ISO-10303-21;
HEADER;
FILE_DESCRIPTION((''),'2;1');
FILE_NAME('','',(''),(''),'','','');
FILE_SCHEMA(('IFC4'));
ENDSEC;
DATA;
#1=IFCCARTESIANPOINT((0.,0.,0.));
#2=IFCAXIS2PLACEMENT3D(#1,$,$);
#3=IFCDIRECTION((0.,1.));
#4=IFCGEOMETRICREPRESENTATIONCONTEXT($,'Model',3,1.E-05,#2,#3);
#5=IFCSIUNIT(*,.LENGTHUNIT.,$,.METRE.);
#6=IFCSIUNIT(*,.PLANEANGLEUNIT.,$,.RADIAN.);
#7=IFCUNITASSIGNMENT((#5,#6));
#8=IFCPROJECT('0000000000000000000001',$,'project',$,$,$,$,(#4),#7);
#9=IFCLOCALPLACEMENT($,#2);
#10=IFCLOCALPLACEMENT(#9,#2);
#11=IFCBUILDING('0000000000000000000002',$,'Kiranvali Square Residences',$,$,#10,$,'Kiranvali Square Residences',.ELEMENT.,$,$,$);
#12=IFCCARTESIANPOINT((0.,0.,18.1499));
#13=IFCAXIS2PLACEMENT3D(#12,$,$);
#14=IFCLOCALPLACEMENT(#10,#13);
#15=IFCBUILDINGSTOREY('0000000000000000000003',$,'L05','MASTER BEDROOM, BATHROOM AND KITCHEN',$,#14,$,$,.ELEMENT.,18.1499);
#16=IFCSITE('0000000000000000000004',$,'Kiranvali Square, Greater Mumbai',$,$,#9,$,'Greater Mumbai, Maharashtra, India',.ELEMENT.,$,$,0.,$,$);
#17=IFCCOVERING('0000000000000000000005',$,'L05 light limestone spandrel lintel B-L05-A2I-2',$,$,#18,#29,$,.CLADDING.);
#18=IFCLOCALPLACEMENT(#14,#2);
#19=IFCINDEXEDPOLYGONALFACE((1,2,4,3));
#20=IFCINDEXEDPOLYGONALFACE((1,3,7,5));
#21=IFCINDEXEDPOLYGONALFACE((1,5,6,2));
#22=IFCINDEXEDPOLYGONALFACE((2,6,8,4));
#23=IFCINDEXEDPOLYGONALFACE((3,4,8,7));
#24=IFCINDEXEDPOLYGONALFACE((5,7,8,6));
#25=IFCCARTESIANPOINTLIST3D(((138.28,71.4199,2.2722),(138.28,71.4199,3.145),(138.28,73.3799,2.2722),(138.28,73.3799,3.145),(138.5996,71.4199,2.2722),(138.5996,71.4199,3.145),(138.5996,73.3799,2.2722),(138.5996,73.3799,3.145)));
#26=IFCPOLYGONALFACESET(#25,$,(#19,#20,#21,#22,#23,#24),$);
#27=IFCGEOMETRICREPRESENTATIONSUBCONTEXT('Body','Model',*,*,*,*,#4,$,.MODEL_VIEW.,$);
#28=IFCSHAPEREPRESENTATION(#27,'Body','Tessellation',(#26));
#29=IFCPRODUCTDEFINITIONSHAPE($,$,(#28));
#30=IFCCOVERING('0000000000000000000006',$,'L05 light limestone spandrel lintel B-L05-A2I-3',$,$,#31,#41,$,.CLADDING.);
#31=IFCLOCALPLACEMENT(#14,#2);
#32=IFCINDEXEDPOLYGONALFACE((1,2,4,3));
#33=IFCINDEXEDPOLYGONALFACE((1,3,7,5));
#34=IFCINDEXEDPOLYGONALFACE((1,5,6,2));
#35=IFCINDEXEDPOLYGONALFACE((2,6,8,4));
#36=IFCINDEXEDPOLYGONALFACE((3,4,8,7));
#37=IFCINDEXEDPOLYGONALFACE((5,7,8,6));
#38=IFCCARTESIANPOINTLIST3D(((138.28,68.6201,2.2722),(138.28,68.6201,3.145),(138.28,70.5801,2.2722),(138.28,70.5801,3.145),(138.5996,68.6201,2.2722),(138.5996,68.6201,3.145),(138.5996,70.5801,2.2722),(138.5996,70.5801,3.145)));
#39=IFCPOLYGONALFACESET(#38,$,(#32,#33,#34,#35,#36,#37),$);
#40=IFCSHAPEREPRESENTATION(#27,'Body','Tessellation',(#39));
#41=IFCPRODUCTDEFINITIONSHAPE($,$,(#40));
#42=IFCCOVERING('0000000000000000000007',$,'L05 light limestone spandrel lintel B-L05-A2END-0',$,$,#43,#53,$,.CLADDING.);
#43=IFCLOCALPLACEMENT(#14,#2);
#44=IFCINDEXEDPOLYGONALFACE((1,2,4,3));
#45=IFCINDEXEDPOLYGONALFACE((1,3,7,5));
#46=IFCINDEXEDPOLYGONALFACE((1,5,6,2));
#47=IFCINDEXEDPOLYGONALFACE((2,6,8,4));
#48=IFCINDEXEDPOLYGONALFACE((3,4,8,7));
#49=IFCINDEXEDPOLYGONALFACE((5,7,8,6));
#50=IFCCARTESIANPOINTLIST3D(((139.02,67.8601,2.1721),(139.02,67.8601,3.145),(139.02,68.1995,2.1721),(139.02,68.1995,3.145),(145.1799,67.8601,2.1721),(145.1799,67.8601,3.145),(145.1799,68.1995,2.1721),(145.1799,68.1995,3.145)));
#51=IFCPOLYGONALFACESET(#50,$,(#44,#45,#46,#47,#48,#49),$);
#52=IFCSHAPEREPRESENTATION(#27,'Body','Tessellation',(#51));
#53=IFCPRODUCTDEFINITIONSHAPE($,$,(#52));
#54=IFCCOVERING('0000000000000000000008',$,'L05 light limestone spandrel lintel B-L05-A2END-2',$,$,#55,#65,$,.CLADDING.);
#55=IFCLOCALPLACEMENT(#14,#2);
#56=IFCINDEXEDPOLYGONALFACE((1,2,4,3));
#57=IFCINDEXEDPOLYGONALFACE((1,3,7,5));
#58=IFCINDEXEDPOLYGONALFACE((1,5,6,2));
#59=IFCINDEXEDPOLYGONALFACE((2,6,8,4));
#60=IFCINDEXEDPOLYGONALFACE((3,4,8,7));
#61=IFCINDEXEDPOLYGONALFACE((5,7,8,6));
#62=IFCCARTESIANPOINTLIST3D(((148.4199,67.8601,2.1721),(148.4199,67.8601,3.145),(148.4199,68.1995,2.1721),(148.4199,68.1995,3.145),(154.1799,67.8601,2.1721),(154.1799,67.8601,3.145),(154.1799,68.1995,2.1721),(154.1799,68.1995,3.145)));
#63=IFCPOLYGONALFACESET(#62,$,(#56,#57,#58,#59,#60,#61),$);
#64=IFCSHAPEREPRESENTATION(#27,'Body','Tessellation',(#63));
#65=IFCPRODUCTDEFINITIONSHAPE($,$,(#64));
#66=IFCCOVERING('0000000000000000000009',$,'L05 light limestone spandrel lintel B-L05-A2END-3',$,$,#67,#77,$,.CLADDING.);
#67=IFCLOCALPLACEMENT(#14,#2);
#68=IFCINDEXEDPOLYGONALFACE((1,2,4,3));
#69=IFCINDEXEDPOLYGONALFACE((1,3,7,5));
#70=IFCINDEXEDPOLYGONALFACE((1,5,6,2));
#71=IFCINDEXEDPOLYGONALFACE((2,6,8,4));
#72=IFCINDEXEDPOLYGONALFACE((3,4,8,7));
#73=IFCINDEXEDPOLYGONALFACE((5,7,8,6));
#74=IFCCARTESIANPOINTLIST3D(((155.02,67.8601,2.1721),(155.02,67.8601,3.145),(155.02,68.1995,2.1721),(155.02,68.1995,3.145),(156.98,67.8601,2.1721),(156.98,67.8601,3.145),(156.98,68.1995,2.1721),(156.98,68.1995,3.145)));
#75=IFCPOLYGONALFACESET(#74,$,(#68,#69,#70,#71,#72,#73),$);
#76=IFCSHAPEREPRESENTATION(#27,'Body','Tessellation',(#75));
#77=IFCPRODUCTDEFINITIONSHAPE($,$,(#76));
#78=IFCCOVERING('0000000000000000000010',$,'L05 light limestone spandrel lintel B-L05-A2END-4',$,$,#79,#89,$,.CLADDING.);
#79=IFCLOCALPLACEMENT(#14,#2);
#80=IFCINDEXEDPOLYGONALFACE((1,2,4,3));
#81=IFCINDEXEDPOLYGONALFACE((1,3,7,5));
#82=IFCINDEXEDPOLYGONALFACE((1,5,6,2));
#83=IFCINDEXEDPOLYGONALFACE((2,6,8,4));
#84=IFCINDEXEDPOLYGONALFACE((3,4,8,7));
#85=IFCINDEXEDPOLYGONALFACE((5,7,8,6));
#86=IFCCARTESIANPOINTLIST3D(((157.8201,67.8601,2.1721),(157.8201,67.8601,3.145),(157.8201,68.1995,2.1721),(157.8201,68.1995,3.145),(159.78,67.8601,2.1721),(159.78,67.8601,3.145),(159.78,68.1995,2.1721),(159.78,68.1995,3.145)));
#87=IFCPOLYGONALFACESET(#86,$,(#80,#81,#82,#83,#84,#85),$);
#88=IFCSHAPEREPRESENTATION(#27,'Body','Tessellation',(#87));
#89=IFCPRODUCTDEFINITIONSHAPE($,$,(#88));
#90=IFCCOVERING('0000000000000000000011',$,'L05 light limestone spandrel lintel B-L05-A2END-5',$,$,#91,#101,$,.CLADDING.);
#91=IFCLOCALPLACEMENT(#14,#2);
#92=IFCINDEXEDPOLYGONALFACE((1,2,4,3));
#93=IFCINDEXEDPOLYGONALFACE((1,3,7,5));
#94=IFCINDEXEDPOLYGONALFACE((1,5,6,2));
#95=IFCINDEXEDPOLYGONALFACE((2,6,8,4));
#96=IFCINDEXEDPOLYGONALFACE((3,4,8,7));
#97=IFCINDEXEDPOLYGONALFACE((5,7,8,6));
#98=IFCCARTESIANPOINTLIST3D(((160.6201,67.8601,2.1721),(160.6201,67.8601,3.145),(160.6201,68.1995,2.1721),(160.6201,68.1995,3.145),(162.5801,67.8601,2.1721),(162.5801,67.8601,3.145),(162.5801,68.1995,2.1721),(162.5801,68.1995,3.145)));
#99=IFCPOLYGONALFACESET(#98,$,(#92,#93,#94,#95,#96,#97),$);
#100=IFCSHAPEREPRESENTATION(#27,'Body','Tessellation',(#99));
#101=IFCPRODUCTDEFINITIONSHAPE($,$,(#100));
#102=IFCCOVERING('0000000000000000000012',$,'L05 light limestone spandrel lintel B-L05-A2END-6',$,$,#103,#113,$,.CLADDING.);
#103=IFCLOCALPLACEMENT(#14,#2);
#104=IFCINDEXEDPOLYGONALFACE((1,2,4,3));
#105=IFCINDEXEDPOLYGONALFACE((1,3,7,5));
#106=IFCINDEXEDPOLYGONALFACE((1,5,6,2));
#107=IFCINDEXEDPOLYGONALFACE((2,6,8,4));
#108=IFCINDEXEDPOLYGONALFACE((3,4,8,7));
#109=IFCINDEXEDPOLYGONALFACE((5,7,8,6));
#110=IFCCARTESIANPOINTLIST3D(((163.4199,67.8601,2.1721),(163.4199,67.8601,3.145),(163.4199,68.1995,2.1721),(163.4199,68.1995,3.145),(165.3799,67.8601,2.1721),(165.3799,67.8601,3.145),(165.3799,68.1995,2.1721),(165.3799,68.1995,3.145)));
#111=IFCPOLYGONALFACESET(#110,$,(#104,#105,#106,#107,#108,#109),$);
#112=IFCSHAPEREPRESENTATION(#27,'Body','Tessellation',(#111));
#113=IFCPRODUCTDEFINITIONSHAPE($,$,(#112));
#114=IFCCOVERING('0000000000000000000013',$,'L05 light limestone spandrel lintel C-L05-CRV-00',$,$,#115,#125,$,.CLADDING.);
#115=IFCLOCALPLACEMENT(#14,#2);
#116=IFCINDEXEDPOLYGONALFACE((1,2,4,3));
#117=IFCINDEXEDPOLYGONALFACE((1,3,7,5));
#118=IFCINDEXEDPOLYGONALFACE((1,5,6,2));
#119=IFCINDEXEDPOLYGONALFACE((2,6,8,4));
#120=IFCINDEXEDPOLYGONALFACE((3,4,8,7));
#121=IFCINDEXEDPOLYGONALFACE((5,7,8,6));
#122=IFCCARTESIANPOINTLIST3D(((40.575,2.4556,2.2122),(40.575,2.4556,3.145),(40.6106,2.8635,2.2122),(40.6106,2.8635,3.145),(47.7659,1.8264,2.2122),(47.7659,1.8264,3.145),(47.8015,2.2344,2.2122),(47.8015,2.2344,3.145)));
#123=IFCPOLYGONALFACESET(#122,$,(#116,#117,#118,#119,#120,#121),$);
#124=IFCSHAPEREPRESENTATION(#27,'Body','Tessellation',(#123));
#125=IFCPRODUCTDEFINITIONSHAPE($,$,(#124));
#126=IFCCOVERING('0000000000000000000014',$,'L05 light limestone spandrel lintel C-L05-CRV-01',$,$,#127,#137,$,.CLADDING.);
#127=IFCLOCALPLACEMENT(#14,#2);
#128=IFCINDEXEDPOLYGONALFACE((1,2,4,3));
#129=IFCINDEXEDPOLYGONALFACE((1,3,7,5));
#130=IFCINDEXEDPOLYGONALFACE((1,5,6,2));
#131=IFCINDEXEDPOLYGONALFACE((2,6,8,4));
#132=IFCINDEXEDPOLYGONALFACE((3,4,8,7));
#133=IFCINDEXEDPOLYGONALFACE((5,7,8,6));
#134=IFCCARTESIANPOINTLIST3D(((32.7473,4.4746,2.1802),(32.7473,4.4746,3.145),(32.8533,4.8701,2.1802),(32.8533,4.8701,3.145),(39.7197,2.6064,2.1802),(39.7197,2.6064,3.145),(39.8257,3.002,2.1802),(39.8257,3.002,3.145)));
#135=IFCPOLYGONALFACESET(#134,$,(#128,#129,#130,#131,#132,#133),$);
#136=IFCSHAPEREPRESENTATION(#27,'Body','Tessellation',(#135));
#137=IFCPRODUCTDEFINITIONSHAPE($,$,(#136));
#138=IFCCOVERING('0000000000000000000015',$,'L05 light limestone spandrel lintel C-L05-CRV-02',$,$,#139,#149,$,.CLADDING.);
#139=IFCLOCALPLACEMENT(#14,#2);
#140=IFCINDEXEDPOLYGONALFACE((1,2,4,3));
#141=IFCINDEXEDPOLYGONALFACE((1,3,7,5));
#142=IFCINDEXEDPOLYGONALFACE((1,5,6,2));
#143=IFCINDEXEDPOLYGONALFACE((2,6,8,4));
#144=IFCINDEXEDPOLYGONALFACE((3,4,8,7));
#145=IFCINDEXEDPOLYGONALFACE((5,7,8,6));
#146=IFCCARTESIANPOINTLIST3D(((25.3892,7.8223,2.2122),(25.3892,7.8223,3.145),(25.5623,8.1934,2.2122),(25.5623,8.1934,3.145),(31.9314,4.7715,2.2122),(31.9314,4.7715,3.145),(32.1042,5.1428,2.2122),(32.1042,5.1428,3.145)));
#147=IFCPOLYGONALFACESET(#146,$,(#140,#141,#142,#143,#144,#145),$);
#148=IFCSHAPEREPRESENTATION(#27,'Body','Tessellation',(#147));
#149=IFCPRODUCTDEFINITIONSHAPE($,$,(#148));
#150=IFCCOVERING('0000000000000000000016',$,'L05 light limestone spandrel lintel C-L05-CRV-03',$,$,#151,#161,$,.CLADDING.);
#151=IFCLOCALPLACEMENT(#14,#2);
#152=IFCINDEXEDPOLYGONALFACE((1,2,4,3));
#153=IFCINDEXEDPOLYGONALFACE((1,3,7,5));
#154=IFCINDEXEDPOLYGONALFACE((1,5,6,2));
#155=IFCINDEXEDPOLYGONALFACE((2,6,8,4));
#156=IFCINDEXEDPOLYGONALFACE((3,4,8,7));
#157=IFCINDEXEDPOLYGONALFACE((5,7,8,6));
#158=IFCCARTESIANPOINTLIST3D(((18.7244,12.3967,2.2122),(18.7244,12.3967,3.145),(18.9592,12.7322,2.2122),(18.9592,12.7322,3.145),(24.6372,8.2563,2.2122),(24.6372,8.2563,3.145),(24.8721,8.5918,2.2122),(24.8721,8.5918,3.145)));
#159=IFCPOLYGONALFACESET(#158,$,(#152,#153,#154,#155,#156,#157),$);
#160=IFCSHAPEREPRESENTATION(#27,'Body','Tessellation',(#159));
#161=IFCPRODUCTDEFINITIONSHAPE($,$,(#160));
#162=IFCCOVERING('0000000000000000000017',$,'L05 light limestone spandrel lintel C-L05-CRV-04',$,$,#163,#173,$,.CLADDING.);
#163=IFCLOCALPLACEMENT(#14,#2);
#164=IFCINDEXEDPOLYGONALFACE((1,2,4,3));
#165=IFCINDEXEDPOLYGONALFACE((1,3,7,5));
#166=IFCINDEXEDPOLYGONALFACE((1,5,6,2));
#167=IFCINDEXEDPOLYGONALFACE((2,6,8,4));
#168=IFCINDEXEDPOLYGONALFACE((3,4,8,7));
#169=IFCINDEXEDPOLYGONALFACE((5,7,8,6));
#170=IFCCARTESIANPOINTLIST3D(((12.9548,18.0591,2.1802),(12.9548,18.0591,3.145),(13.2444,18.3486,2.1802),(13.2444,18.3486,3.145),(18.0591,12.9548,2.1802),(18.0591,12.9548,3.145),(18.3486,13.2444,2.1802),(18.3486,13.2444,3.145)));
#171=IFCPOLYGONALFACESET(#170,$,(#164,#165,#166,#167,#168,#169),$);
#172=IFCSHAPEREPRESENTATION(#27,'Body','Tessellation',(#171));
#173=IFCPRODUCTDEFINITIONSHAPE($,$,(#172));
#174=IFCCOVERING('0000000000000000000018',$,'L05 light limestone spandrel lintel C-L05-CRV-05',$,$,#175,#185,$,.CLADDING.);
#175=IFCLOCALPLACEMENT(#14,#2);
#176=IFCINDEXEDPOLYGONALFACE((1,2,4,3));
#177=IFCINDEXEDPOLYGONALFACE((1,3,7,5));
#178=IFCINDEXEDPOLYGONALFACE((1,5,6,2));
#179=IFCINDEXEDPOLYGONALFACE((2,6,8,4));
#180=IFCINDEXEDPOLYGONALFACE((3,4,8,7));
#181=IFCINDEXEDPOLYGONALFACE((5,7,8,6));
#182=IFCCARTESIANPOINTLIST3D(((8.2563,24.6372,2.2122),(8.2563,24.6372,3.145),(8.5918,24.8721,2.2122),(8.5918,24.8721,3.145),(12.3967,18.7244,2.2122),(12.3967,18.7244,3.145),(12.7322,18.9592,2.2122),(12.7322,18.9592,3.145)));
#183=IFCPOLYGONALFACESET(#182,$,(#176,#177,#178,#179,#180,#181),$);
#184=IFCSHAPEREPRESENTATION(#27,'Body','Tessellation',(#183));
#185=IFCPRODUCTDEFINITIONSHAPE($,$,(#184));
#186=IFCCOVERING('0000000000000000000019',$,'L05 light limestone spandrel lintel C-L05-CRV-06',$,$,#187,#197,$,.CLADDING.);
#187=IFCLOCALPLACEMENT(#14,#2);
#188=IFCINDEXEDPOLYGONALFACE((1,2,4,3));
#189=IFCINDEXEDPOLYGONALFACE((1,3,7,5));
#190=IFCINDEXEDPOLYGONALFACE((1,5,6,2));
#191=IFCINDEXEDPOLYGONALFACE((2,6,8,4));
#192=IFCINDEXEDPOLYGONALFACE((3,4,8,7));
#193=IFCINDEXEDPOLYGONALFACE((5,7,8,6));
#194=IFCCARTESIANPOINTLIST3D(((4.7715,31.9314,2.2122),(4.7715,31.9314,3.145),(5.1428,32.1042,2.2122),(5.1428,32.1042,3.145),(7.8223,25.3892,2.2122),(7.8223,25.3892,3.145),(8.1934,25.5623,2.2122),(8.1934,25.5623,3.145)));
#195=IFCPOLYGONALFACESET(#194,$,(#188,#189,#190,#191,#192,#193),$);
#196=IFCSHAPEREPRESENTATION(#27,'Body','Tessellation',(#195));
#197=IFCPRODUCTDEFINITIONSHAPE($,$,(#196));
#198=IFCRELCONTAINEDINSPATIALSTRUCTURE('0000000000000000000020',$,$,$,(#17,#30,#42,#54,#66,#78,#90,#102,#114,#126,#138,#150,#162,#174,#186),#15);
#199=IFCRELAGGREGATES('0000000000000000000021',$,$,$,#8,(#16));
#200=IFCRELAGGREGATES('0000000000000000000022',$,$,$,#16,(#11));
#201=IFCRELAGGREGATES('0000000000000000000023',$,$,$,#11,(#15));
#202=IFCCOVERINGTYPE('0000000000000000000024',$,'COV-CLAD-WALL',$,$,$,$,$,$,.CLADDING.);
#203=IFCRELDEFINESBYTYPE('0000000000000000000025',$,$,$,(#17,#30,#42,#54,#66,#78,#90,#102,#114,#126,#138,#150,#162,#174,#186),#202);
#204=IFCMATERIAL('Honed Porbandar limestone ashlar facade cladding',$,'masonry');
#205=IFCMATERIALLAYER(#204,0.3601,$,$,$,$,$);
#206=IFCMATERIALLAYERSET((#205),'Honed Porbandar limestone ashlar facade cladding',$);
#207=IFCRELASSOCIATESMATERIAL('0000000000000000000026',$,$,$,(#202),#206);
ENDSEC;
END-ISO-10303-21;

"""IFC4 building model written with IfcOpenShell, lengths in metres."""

from ifc_helpers import new_model, si_unit, direction, frame, origin, place, context, subcontext, project, spatial, polyline, outline, extrude, material, layer, layer_set, type_object, element, save


model = new_model("IFC4")

# Units and contexts
model_context = context("Model", 3, precision=1e-05, world=origin(), true_north=direction((0.0, 1.0)))
body_context = subcontext(model_context, "Body", "Model", "MODEL_VIEW")
ifc_project = project(units=[si_unit("LENGTHUNIT", "METRE"), si_unit("PLANEANGLEUNIT", "RADIAN")], contexts=[model_context])

# Site, building, storey
site_placement = place(None, origin())
site = spatial("IfcSite", under=ifc_project, at=site_placement, Name="Kiranvali Square, Greater Mumbai", LongName="Greater Mumbai, Maharashtra, India", CompositionType="ELEMENT", RefElevation=0.0)
building_placement = place(site_placement, origin())
building = spatial("IfcBuilding", under=site, at=building_placement, Name="Kiranvali Square Residences", LongName="Kiranvali Square Residences", CompositionType="ELEMENT")
storey_placement = place(building_placement, frame((0.0, 0.0, 18.1499)))
storey = spatial("IfcBuildingStorey", under=building, at=storey_placement, Name="L05", Description="MASTER BEDROOM, BATHROOM AND KITCHEN", CompositionType="ELEMENT", Elevation=18.1499)

# Coverings
ifc_material = material(Name="Honed Porbandar limestone ashlar facade cladding", Category="masonry")
ifc_layer = layer(ifc_material, 0.3601)
ifc_layer_set = layer_set([ifc_layer], Name="Honed Porbandar limestone ashlar facade cladding")
covering_type = type_object("IfcCoveringType", Name="COV-CLAD-WALL", PredefinedType="CLADDING", material=ifc_layer_set)
covering_1_placement = place(storey_placement, frame((0.0, 0.0, 2.2722)))
element("IfcCovering", 1, at=covering_1_placement, inside=storey, type_object=covering_type, Name="L05 light limestone spandrel lintel B-L05-A2I-2", PredefinedType="CLADDING", context=body_context, shape_type="SweptSolid", body=[
    extrude(outline(polyline([(138.28, 73.3799), (138.28, 71.4199), (138.5996, 71.4199), (138.5996, 73.3799), (138.28, 73.3799)])), origin(), (0.0, 0.0, 1.0), 0.8728),
])
covering_2_placement = place(storey_placement, frame((0.0, 0.0, 2.2722)))
element("IfcCovering", 2, at=covering_2_placement, inside=storey, type_object=covering_type, Name="L05 light limestone spandrel lintel B-L05-A2I-3", PredefinedType="CLADDING", context=body_context, shape_type="SweptSolid", body=[
    extrude(outline(polyline([(138.28, 70.5801), (138.28, 68.6201), (138.5996, 68.6201), (138.5996, 70.5801), (138.28, 70.5801)])), origin(), (0.0, 0.0, 1.0), 0.8728),
])
covering_3_placement = place(storey_placement, frame((0.0, 0.0, 2.1721)))
element("IfcCovering", 3, at=covering_3_placement, inside=storey, type_object=covering_type, Name="L05 light limestone spandrel lintel B-L05-A2END-0", PredefinedType="CLADDING", context=body_context, shape_type="SweptSolid", body=[
    extrude(outline(polyline([(139.02, 67.8601), (145.1799, 67.8601), (145.1799, 68.1995), (139.02, 68.1995), (139.02, 67.8601)])), origin(), (0.0, 0.0, 1.0), 0.9729),
])
covering_4_placement = place(storey_placement, frame((0.0, 0.0, 2.1721)))
element("IfcCovering", 4, at=covering_4_placement, inside=storey, type_object=covering_type, Name="L05 light limestone spandrel lintel B-L05-A2END-2", PredefinedType="CLADDING", context=body_context, shape_type="SweptSolid", body=[
    extrude(outline(polyline([(148.4199, 67.8601), (154.1799, 67.8601), (154.1799, 68.1995), (148.4199, 68.1995), (148.4199, 67.8601)])), origin(), (0.0, 0.0, 1.0), 0.9729),
])
covering_5_placement = place(storey_placement, frame((0.0, 0.0, 2.1721)))
element("IfcCovering", 5, at=covering_5_placement, inside=storey, type_object=covering_type, Name="L05 light limestone spandrel lintel B-L05-A2END-3", PredefinedType="CLADDING", context=body_context, shape_type="SweptSolid", body=[
    extrude(outline(polyline([(155.02, 67.8601), (156.98, 67.8601), (156.98, 68.1995), (155.02, 68.1995), (155.02, 67.8601)])), origin(), (0.0, 0.0, 1.0), 0.9729),
])
covering_6_placement = place(storey_placement, frame((0.0, 0.0, 2.1721)))
element("IfcCovering", 6, at=covering_6_placement, inside=storey, type_object=covering_type, Name="L05 light limestone spandrel lintel B-L05-A2END-4", PredefinedType="CLADDING", context=body_context, shape_type="SweptSolid", body=[
    extrude(outline(polyline([(157.8201, 67.8601), (159.78, 67.8601), (159.78, 68.1995), (157.8201, 68.1995), (157.8201, 67.8601)])), origin(), (0.0, 0.0, 1.0), 0.9729),
])
covering_7_placement = place(storey_placement, frame((0.0, 0.0, 2.1721)))
element("IfcCovering", 7, at=covering_7_placement, inside=storey, type_object=covering_type, Name="L05 light limestone spandrel lintel B-L05-A2END-5", PredefinedType="CLADDING", context=body_context, shape_type="SweptSolid", body=[
    extrude(outline(polyline([(160.6201, 67.8601), (162.5801, 67.8601), (162.5801, 68.1995), (160.6201, 68.1995), (160.6201, 67.8601)])), origin(), (0.0, 0.0, 1.0), 0.9729),
])
covering_8_placement = place(storey_placement, frame((0.0, 0.0, 2.1721)))
element("IfcCovering", 8, at=covering_8_placement, inside=storey, type_object=covering_type, Name="L05 light limestone spandrel lintel B-L05-A2END-6", PredefinedType="CLADDING", context=body_context, shape_type="SweptSolid", body=[
    extrude(outline(polyline([(163.4199, 67.8601), (165.3799, 67.8601), (165.3799, 68.1995), (163.4199, 68.1995), (163.4199, 67.8601)])), origin(), (0.0, 0.0, 1.0), 0.9729),
])
covering_9_placement = place(storey_placement, frame((0.0, 0.0, 2.2122)))
element("IfcCovering", 9, at=covering_9_placement, inside=storey, type_object=covering_type, Name="L05 light limestone spandrel lintel C-L05-CRV-00", PredefinedType="CLADDING", context=body_context, shape_type="SweptSolid", body=[
    extrude(outline(polyline([(47.8015, 2.2344), (40.6106, 2.8635), (40.575, 2.4556), (47.7659, 1.8264), (47.8015, 2.2344)])), origin(), (0.0, 0.0, 1.0), 0.9329),
])
covering_10_placement = place(storey_placement, frame((0.0, 0.0, 2.1802)))
element("IfcCovering", 10, at=covering_10_placement, inside=storey, type_object=covering_type, Name="L05 light limestone spandrel lintel C-L05-CRV-01", PredefinedType="CLADDING", context=body_context, shape_type="SweptSolid", body=[
    extrude(outline(polyline([(39.8257, 3.002), (32.8533, 4.8701), (32.7473, 4.4746), (39.7197, 2.6064), (39.8257, 3.002)])), origin(), (0.0, 0.0, 1.0), 0.9648),
])
covering_11_placement = place(storey_placement, frame((0.0, 0.0, 2.2122)))
element("IfcCovering", 11, at=covering_11_placement, inside=storey, type_object=covering_type, Name="L05 light limestone spandrel lintel C-L05-CRV-02", PredefinedType="CLADDING", context=body_context, shape_type="SweptSolid", body=[
    extrude(outline(polyline([(32.1042, 5.1428), (25.5623, 8.1934), (25.3892, 7.8223), (31.9314, 4.7715), (32.1042, 5.1428)])), origin(), (0.0, 0.0, 1.0), 0.9329),
])
covering_12_placement = place(storey_placement, frame((0.0, 0.0, 2.2122)))
element("IfcCovering", 12, at=covering_12_placement, inside=storey, type_object=covering_type, Name="L05 light limestone spandrel lintel C-L05-CRV-03", PredefinedType="CLADDING", context=body_context, shape_type="SweptSolid", body=[
    extrude(outline(polyline([(24.8721, 8.5918), (18.9592, 12.7322), (18.7244, 12.3967), (24.6372, 8.2563), (24.8721, 8.5918)])), origin(), (0.0, 0.0, 1.0), 0.9329),
])
covering_13_placement = place(storey_placement, frame((0.0, 0.0, 2.1802)))
element("IfcCovering", 13, at=covering_13_placement, inside=storey, type_object=covering_type, Name="L05 light limestone spandrel lintel C-L05-CRV-04", PredefinedType="CLADDING", context=body_context, shape_type="SweptSolid", body=[
    extrude(outline(polyline([(18.3486, 13.2444), (13.2444, 18.3486), (12.9548, 18.0591), (18.0591, 12.9548), (18.3486, 13.2444)])), origin(), (0.0, 0.0, 1.0), 0.9648),
])
covering_14_placement = place(storey_placement, frame((0.0, 0.0, 2.2122)))
element("IfcCovering", 14, at=covering_14_placement, inside=storey, type_object=covering_type, Name="L05 light limestone spandrel lintel C-L05-CRV-05", PredefinedType="CLADDING", context=body_context, shape_type="SweptSolid", body=[
    extrude(outline(polyline([(12.7322, 18.9592), (8.5918, 24.8721), (8.2563, 24.6372), (12.3967, 18.7244), (12.7322, 18.9592)])), origin(), (0.0, 0.0, 1.0), 0.9329),
])
covering_15_placement = place(storey_placement, frame((0.0, 0.0, 2.2122)))
element("IfcCovering", 15, at=covering_15_placement, inside=storey, type_object=covering_type, Name="L05 light limestone spandrel lintel C-L05-CRV-06", PredefinedType="CLADDING", context=body_context, shape_type="SweptSolid", body=[
    extrude(outline(polyline([(8.1934, 25.5623), (5.1428, 32.1042), (4.7715, 31.9314), (7.8223, 25.3892), (8.1934, 25.5623)])), origin(), (0.0, 0.0, 1.0), 0.9329),
])

save(model, "model.ifc")
